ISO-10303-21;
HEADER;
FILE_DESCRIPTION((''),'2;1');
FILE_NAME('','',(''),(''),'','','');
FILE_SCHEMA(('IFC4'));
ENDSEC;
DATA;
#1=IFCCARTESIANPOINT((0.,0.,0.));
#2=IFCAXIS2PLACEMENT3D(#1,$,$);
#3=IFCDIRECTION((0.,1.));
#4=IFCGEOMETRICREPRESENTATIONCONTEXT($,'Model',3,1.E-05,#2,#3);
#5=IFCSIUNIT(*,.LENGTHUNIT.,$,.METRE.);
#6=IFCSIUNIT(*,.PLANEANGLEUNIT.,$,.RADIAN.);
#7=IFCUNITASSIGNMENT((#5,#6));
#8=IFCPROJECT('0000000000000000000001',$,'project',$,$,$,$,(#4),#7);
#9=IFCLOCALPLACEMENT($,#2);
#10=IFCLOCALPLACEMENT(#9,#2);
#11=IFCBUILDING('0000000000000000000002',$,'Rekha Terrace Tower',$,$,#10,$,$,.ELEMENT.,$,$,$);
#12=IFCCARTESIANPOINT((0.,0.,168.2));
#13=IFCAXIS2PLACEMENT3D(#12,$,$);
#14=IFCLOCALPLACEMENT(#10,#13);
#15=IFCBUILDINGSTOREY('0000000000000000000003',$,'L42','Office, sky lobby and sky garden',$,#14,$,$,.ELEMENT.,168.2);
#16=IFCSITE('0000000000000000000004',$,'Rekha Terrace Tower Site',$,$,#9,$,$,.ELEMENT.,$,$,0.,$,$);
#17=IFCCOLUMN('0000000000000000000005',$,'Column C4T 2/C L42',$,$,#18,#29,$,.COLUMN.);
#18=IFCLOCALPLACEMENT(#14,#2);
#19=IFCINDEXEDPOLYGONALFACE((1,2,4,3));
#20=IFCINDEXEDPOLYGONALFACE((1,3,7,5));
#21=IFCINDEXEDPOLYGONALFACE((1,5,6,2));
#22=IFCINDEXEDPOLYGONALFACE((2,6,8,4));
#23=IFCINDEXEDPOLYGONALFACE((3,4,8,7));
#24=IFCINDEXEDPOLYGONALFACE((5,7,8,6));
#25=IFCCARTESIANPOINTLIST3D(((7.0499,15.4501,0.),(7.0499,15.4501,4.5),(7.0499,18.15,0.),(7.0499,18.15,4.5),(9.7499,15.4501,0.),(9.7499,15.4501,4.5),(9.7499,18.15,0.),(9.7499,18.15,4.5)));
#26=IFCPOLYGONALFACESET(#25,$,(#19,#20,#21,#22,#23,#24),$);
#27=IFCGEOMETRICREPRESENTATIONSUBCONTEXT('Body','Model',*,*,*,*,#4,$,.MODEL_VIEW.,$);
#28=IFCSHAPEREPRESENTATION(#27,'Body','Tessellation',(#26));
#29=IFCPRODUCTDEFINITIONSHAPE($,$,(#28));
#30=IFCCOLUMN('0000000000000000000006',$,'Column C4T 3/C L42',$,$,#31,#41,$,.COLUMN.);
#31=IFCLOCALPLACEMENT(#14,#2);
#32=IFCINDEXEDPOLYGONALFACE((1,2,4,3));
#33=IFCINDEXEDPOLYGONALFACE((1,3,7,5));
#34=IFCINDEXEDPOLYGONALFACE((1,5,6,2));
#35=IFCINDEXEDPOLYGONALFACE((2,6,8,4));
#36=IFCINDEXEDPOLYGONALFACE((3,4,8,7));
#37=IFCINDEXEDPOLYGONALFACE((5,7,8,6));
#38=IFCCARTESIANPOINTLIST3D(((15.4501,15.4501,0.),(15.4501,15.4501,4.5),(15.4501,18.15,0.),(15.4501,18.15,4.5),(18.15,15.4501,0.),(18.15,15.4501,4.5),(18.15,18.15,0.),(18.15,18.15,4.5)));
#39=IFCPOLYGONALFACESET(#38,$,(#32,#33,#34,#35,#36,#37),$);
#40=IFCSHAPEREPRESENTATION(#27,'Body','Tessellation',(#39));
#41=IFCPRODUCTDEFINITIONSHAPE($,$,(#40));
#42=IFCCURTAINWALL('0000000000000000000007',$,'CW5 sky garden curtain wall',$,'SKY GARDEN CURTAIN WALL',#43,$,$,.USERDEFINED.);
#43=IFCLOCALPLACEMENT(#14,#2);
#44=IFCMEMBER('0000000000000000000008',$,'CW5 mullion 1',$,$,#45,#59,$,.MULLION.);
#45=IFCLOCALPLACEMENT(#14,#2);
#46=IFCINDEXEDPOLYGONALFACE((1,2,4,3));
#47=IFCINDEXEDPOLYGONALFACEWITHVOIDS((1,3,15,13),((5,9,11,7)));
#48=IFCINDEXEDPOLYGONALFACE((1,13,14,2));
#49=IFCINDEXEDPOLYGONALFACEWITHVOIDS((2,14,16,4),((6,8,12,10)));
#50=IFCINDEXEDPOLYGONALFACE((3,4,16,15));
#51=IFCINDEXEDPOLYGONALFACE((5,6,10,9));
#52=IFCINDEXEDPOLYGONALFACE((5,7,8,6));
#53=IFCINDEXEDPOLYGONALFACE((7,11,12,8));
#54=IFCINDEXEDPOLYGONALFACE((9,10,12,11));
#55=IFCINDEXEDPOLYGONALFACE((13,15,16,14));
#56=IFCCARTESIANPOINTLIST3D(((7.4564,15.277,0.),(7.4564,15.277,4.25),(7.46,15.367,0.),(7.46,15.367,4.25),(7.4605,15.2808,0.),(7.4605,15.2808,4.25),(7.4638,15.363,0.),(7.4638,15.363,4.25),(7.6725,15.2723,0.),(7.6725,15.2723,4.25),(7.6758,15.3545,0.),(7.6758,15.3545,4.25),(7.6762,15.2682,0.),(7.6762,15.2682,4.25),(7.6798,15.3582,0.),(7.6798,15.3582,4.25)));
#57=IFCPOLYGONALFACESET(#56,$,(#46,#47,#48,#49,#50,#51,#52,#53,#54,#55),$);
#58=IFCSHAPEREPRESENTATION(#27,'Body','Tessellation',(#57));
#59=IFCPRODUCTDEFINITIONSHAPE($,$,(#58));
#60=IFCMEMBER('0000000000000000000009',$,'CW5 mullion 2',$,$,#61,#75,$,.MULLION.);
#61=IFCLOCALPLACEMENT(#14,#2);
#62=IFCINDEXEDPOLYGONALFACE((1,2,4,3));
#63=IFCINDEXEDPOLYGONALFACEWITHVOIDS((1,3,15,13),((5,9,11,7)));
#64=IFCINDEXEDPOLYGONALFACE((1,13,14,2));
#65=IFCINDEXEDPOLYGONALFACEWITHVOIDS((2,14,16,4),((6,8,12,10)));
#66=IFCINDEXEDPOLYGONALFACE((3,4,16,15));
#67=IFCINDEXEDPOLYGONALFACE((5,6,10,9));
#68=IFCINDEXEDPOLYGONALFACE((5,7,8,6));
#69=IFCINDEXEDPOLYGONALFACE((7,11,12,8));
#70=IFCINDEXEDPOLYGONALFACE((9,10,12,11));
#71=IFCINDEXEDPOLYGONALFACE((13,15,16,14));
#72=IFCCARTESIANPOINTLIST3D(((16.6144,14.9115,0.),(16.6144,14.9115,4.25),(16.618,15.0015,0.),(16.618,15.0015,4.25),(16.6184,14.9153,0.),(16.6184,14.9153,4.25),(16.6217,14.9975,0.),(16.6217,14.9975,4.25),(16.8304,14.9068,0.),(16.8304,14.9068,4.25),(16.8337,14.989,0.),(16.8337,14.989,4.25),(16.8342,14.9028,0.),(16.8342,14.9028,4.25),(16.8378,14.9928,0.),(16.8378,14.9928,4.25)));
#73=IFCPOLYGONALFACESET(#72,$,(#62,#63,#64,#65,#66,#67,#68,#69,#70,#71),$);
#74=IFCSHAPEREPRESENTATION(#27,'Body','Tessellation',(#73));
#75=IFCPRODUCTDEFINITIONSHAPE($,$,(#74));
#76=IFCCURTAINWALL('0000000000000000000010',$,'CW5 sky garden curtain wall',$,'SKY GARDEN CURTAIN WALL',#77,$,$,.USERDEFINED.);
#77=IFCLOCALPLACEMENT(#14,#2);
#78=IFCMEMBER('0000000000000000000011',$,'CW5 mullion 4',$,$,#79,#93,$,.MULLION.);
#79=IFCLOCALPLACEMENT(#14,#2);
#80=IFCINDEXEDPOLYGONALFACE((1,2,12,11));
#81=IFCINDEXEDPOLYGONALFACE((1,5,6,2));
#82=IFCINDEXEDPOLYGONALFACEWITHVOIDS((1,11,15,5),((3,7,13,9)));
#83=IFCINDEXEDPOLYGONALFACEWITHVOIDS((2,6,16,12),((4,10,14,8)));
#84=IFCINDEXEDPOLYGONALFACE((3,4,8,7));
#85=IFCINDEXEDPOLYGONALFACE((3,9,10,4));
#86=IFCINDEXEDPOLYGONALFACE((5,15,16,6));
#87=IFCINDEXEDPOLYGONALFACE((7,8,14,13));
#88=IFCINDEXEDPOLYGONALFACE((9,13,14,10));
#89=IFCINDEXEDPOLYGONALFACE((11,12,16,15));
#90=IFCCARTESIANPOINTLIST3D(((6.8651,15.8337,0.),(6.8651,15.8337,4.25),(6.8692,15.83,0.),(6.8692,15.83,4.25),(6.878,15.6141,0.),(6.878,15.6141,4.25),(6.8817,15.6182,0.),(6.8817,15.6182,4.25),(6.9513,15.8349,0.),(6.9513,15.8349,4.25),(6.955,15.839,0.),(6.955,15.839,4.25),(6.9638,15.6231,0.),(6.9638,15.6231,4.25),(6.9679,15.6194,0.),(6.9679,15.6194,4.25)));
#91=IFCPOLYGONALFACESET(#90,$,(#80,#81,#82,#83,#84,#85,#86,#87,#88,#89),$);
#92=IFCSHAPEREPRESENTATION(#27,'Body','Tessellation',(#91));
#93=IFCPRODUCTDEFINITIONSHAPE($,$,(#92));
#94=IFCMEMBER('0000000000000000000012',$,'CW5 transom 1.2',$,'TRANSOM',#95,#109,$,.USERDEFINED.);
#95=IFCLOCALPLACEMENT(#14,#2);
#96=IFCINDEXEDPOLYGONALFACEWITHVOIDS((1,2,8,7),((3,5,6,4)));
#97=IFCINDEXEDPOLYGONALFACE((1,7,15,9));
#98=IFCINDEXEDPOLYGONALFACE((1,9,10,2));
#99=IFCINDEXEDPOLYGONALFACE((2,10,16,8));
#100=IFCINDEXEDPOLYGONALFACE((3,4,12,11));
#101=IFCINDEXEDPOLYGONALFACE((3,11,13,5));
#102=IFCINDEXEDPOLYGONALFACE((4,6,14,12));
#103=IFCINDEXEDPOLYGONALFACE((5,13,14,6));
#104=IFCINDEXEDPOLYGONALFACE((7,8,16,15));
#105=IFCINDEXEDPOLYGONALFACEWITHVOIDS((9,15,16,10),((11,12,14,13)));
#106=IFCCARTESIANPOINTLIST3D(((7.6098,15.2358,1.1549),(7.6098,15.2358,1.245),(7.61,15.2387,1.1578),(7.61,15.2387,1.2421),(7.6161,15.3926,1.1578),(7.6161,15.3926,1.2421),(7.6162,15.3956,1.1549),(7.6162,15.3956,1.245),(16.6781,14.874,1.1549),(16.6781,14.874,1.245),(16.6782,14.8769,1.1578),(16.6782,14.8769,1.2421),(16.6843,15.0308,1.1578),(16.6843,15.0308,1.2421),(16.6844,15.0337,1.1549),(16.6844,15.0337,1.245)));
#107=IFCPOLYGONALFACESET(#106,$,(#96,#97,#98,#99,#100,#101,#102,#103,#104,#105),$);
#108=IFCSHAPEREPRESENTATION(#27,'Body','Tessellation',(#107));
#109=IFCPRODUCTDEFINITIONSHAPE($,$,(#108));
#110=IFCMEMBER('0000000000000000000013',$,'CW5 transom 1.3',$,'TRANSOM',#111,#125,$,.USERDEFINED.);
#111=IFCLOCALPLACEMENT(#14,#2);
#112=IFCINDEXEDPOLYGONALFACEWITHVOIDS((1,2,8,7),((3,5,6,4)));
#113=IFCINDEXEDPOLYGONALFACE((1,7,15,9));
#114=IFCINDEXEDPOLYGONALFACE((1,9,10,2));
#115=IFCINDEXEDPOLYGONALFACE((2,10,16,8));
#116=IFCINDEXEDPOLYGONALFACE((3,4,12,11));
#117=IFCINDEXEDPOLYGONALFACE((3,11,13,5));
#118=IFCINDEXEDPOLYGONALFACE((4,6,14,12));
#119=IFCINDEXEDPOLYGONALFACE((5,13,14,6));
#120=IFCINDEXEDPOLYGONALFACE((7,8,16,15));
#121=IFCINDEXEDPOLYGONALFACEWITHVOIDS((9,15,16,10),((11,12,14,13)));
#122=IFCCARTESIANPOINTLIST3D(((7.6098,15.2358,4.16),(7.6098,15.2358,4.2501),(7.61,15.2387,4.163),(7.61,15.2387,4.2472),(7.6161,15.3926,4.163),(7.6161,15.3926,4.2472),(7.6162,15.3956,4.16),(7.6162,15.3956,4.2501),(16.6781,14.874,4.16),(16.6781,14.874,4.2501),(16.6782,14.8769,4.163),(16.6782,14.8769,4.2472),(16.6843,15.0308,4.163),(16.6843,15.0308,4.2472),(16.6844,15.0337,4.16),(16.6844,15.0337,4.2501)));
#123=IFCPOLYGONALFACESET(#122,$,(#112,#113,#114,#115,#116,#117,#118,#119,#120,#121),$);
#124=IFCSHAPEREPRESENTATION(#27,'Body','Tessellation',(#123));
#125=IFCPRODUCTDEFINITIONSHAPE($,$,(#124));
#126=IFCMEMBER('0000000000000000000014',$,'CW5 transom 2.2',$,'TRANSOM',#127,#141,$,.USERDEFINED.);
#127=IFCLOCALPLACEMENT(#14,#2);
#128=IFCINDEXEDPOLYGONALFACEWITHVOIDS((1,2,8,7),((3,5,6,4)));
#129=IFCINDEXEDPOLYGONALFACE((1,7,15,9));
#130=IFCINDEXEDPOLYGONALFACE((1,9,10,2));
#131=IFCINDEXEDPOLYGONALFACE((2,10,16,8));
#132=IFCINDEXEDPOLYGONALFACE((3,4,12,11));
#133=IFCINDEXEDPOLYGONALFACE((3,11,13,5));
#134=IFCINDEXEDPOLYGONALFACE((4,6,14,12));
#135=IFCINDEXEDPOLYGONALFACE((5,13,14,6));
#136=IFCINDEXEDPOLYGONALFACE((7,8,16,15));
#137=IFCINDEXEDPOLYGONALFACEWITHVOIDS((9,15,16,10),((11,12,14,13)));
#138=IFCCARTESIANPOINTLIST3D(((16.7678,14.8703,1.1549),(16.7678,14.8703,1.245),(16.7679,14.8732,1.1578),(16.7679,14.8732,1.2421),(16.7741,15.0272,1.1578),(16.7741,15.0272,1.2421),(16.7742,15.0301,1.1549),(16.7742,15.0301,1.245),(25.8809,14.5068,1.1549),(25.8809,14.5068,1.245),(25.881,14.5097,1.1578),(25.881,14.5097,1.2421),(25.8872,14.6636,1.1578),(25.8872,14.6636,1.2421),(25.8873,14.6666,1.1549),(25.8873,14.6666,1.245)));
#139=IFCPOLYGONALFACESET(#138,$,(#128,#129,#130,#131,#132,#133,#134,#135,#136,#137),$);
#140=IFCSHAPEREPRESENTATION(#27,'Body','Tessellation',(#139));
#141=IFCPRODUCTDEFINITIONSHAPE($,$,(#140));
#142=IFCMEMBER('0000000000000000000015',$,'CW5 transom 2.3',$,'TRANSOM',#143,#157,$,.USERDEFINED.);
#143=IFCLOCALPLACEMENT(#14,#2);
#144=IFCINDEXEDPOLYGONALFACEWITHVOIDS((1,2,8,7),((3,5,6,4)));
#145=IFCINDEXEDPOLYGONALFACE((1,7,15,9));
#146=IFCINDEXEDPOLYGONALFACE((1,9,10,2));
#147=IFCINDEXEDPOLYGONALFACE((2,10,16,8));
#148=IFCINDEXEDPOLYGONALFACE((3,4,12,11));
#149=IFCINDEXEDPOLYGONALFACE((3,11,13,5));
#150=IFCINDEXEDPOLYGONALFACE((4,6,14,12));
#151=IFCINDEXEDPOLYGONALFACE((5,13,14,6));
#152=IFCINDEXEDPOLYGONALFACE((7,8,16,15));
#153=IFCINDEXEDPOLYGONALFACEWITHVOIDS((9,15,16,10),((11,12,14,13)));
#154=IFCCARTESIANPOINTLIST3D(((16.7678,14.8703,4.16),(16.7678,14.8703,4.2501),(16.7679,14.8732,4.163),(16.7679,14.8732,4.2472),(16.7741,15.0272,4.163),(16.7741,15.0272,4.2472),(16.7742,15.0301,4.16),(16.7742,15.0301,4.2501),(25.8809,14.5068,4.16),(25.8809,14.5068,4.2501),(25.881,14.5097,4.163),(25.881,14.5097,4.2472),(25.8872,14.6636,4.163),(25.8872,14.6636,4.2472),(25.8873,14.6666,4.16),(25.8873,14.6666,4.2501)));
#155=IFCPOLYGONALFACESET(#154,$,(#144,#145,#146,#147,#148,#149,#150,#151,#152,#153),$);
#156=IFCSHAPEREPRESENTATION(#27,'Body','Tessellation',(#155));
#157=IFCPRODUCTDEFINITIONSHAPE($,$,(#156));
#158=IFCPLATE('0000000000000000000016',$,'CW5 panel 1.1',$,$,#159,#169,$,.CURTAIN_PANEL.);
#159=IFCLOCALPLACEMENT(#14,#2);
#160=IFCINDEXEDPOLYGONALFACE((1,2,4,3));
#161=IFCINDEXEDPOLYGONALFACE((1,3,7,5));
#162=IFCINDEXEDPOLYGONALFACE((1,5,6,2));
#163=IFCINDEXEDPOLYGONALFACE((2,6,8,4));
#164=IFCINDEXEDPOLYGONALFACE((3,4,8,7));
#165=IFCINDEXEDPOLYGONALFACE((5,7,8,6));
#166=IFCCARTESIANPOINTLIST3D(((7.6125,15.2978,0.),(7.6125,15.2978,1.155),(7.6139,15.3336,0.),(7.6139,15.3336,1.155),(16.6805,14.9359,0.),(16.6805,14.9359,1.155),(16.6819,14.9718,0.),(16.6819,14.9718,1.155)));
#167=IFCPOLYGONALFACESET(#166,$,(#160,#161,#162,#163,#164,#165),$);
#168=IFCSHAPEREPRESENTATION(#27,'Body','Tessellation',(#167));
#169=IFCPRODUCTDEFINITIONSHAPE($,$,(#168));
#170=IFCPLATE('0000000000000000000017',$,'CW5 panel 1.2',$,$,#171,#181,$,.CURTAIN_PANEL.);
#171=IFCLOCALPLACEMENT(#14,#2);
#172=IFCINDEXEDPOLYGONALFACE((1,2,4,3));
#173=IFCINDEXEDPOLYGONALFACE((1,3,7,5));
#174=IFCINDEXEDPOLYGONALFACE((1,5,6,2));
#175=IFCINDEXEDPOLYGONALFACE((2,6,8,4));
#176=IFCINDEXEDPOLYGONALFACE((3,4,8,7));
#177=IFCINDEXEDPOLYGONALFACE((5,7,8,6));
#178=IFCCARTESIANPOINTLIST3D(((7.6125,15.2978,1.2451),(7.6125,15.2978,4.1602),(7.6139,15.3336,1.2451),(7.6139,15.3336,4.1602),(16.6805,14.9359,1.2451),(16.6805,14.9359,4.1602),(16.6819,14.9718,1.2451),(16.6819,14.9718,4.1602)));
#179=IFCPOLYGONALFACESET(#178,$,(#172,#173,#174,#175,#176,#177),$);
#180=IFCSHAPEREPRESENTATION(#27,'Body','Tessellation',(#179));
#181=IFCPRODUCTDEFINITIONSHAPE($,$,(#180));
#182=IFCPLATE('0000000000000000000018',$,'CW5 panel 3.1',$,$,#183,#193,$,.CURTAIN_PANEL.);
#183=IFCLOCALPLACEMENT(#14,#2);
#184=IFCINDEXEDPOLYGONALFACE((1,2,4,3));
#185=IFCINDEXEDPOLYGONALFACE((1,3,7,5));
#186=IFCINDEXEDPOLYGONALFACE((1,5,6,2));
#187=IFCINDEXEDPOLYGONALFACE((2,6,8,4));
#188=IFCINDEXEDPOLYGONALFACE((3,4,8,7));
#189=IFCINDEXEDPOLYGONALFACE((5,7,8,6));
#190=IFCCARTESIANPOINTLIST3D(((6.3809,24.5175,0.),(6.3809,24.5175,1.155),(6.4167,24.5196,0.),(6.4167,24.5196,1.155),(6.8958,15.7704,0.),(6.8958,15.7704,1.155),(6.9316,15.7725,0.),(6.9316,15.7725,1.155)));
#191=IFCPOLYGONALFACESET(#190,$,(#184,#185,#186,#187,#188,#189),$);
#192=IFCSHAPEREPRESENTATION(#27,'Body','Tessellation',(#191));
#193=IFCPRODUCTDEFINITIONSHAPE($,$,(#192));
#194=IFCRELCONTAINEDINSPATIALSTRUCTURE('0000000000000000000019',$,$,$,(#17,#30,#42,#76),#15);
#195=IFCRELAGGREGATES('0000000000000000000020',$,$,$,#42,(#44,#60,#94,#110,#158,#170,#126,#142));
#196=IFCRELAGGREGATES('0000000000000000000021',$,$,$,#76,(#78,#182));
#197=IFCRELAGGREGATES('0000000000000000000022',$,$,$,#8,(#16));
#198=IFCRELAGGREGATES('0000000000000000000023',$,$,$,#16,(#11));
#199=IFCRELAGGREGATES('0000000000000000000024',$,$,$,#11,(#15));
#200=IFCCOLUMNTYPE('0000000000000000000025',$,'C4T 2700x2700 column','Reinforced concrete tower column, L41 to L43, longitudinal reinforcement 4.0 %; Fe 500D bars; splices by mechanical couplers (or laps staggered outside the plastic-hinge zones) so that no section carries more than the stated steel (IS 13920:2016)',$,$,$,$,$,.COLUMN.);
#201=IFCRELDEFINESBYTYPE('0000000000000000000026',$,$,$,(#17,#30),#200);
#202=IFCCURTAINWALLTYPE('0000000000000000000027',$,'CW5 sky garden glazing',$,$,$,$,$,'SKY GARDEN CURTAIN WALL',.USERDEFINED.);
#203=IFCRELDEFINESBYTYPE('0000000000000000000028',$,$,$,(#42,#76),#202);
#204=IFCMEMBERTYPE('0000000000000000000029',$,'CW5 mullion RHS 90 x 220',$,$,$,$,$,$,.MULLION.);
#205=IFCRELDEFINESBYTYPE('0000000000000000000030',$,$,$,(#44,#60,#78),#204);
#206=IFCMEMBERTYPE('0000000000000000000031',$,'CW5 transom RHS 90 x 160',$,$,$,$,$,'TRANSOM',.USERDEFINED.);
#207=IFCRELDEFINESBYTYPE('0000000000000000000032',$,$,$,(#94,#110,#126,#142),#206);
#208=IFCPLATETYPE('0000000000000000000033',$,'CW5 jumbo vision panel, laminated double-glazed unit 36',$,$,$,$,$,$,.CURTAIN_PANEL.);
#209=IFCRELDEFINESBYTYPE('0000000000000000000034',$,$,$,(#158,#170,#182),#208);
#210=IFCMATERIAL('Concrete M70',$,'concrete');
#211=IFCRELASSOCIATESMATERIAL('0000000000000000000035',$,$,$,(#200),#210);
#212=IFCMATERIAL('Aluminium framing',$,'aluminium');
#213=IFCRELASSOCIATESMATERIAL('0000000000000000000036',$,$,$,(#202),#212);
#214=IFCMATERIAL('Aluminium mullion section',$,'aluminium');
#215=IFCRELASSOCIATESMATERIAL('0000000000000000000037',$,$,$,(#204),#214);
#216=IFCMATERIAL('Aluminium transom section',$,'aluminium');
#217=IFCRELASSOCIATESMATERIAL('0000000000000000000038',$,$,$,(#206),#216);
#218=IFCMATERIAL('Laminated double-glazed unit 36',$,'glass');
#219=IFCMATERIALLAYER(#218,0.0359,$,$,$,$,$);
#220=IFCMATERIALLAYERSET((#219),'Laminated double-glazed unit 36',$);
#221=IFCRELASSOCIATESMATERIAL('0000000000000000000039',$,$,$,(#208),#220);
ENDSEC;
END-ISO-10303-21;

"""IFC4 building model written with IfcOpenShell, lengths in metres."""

from ifc_helpers import new_model, si_unit, direction, frame, origin, origin_2d, place, context, subcontext, project, spatial, rectangle, hollow_rectangle, extrude, material, layer, layer_set, material_profile, profile_set, type_object, element, aggregate, save


model = new_model("IFC4")

# Units and contexts
model_context = context("Model", 3, precision=1e-05, world=origin(), true_north=direction((0.0, 1.0)))
body_context = subcontext(model_context, "Body", "Model", "MODEL_VIEW")
ifc_project = project(units=[si_unit("LENGTHUNIT", "METRE"), si_unit("PLANEANGLEUNIT", "RADIAN")], contexts=[model_context])

# Site, building, storey
site_placement = place(None, origin())
site = spatial("IfcSite", under=ifc_project, at=site_placement, Name="Rekha Terrace Tower Site", CompositionType="ELEMENT", RefElevation=0.0)
building_placement = place(site_placement, origin())
building = spatial("IfcBuilding", under=site, at=building_placement, Name="Rekha Terrace Tower", CompositionType="ELEMENT")
storey_placement = place(building_placement, frame((0.0, 0.0, 168.2)))
storey = spatial("IfcBuildingStorey", under=building, at=storey_placement, Name="L42", Description="Office, sky lobby and sky garden", CompositionType="ELEMENT", Elevation=168.2)

# Columns
ifc_material_1 = material(Name="Concrete M70", Category="concrete")
ifc_material_profile_1 = material_profile(ifc_material_1, rectangle(XDim=2.7, YDim=2.7, at=origin_2d()), Name="RC 2700x2700")
ifc_profile_set_1 = profile_set([ifc_material_profile_1], Name="Concrete M70")
column_type = type_object("IfcColumnType", Name="C4T 2700x2700 column", Description="Reinforced concrete tower column, L41 to L43, longitudinal reinforcement 4.0 %; Fe 500D bars; splices by mechanical couplers (or laps staggered outside the plastic-hinge zones) so that no section carries more than the stated steel (IS 13920:2016)", PredefinedType="COLUMN", material=ifc_profile_set_1)
for number, where, z_axis, x_axis, name in (
    (1, (8.3999, 16.8, 0.0), (0.0, 0.0, 1.0), (1.0, 0.0, 0.0), "Column C4T 2/C L42"),
    (2, (16.8, 16.8, 0.0), (0.0, 0.0, 1.0), (1.0, 0.0, 0.0), "Column C4T 3/C L42"),
):
    element("IfcColumn", number, at=place(storey_placement, frame(where, z_axis=z_axis, x_axis=x_axis)), inside=storey, type_object=column_type, Name=name, PredefinedType="COLUMN", context=body_context, shape_type="SweptSolid", body=[
        extrude(rectangle(XDim=2.7, YDim=2.7, at=origin_2d()), origin(), (0.0, 0.0, 1.0), 4.5),
    ])

# Curtain wall, members
ifc_material_2 = material(Name="Aluminium framing", Category="aluminium")
curtain_wall_type = type_object("IfcCurtainWallType", Name="CW5 sky garden glazing", ElementType="SKY GARDEN CURTAIN WALL", PredefinedType="USERDEFINED", material=ifc_material_2)
curtain_wall_1_placement = place(storey_placement, origin())
curtain_wall_1 = element("IfcCurtainWall", 3, at=curtain_wall_1_placement, inside=storey, type_object=curtain_wall_type, Name="CW5 sky garden curtain wall", ObjectType="SKY GARDEN CURTAIN WALL", PredefinedType="USERDEFINED")
ifc_material_3 = material(Name="Aluminium mullion section", Category="aluminium")
ifc_material_profile_2 = material_profile(ifc_material_3, hollow_rectangle(XDim=0.0901, YDim=0.22, WallThickness=0.0039, at=origin_2d()), Name="AL RHS 90x220")
ifc_profile_set_2 = profile_set([ifc_material_profile_2], Name="Aluminium mullion section")
member_type_1 = type_object("IfcMemberType", Name="CW5 mullion RHS 90 x 220", PredefinedType="MULLION", material=ifc_profile_set_2)
member_1_placement = place(storey_placement, frame((7.5681, 15.3176, 0.0), z_axis=(0.0, 0.0, 1.0), x_axis=(0.039872, 0.999205, 0.0)))
member_1 = element("IfcMember", 4, at=member_1_placement, type_object=member_type_1, Name="CW5 mullion 1", PredefinedType="MULLION", context=body_context, shape_type="SweptSolid", body=[
    extrude(hollow_rectangle(XDim=0.0901, YDim=0.22, WallThickness=0.0039, at=origin_2d()), origin(), (0.0, 0.0, 1.0), 4.25),
])
member_2_placement = place(storey_placement, frame((16.7261, 14.9521, 0.0), z_axis=(0.0, 0.0, 1.0), x_axis=(0.039872, 0.999205, 0.0)))
member_2 = element("IfcMember", 5, at=member_2_placement, type_object=member_type_1, Name="CW5 mullion 2", PredefinedType="MULLION", context=body_context, shape_type="SweptSolid", body=[
    extrude(hollow_rectangle(XDim=0.0901, YDim=0.22, WallThickness=0.0039, at=origin_2d()), origin(), (0.0, 0.0, 1.0), 4.25),
])

# Curtain wall, member
curtain_wall_2_placement = place(storey_placement, origin())
curtain_wall_2 = element("IfcCurtainWall", 6, at=curtain_wall_2_placement, inside=storey, type_object=curtain_wall_type, Name="CW5 sky garden curtain wall", ObjectType="SKY GARDEN CURTAIN WALL", PredefinedType="USERDEFINED")
member_3_placement = place(storey_placement, frame((6.9165, 15.7266, 0.0), z_axis=(0.0, 0.0, 1.0), x_axis=(0.998272, 0.058765, 0.0)))
member_3 = element("IfcMember", 7, at=member_3_placement, type_object=member_type_1, Name="CW5 mullion 4", PredefinedType="MULLION", context=body_context, shape_type="SweptSolid", body=[
    extrude(hollow_rectangle(XDim=0.0901, YDim=0.22, WallThickness=0.0039, at=origin_2d()), origin(), (0.0, 0.0, 1.0), 4.25),
])

# Members
ifc_material_4 = material(Name="Aluminium transom section", Category="aluminium")
ifc_material_profile_3 = material_profile(ifc_material_4, hollow_rectangle(XDim=0.1599, YDim=0.0901, WallThickness=0.0029, at=origin_2d()), Name="AL RHS 160x90")
ifc_profile_set_3 = profile_set([ifc_material_profile_3], Name="Aluminium transom section")
member_type_2 = type_object("IfcMemberType", Name="CW5 transom RHS 90 x 160", ElementType="TRANSOM", PredefinedType="USERDEFINED", material=ifc_profile_set_3)
member_4_placement = place(storey_placement, frame((7.613, 15.3157, 1.2), z_axis=(0.999205, -0.039868, 0.0), x_axis=(0.039868, 0.999205, 0.0)))
member_4 = element("IfcMember", 8, at=member_4_placement, type_object=member_type_2, Name="CW5 transom 1.2", ObjectType="TRANSOM", PredefinedType="USERDEFINED", context=body_context, shape_type="SweptSolid", body=[
    extrude(hollow_rectangle(XDim=0.1599, YDim=0.0901, WallThickness=0.0029, at=origin_2d()), origin(), (0.0, 0.0, 1.0), 9.0754),
])
member_5_placement = place(storey_placement, frame((7.613, 15.3157, 4.2051), z_axis=(0.999205, -0.039868, 0.0), x_axis=(0.039868, 0.999205, 0.0)))
member_5 = element("IfcMember", 9, at=member_5_placement, type_object=member_type_2, Name="CW5 transom 1.3", ObjectType="TRANSOM", PredefinedType="USERDEFINED", context=body_context, shape_type="SweptSolid", body=[
    extrude(hollow_rectangle(XDim=0.1599, YDim=0.0901, WallThickness=0.0029, at=origin_2d()), origin(), (0.0, 0.0, 1.0), 9.0754),
])
member_6_placement = place(storey_placement, frame((16.771, 14.9502, 1.2), z_axis=(0.999205, -0.039859, 0.0), x_axis=(0.039859, 0.999205, 0.0)))
member_6 = element("IfcMember", 10, at=member_6_placement, type_object=member_type_2, Name="CW5 transom 2.2", ObjectType="TRANSOM", PredefinedType="USERDEFINED", context=body_context, shape_type="SweptSolid", body=[
    extrude(hollow_rectangle(XDim=0.1599, YDim=0.0901, WallThickness=0.0029, at=origin_2d()), origin(), (0.0, 0.0, 1.0), 9.1204),
])
member_7_placement = place(storey_placement, frame((16.771, 14.9502, 4.2051), z_axis=(0.999205, -0.039859, 0.0), x_axis=(0.039859, 0.999205, 0.0)))
member_7 = element("IfcMember", 11, at=member_7_placement, type_object=member_type_2, Name="CW5 transom 2.3", ObjectType="TRANSOM", PredefinedType="USERDEFINED", context=body_context, shape_type="SweptSolid", body=[
    extrude(hollow_rectangle(XDim=0.1599, YDim=0.0901, WallThickness=0.0029, at=origin_2d()), origin(), (0.0, 0.0, 1.0), 9.1204),
])

# Plates
ifc_material_5 = material(Name="Laminated double-glazed unit 36", Category="glass")
ifc_layer_1 = layer(ifc_material_5, 0.0359)
ifc_layer_set_1 = layer_set([ifc_layer_1], Name="Laminated double-glazed unit 36")
plate_type = type_object("IfcPlateType", Name="CW5 jumbo vision panel, laminated double-glazed unit 36", PredefinedType="CURTAIN_PANEL", material=ifc_layer_set_1)
plate_1_placement = place(storey_placement, frame((12.1472, 15.1348, 0.0), z_axis=(0.0, 0.0, 1.0), x_axis=(0.999205, -0.039872, 0.0)))
plate_1 = element("IfcPlate", 12, at=plate_1_placement, type_object=plate_type, Name="CW5 panel 1.1", PredefinedType="CURTAIN_PANEL", context=body_context, shape_type="SweptSolid", body=[
    extrude(rectangle(XDim=9.0752, YDim=0.0359, at=origin_2d()), origin(), (0.0, 0.0, 1.0), 1.155),
])
plate_2_placement = place(storey_placement, frame((12.1472, 15.1348, 1.2451), z_axis=(0.0, 0.0, 1.0), x_axis=(0.999205, -0.039872, 0.0)))
plate_2 = element("IfcPlate", 13, at=plate_2_placement, type_object=plate_type, Name="CW5 panel 1.2", PredefinedType="CURTAIN_PANEL", context=body_context, shape_type="SweptSolid", body=[
    extrude(rectangle(XDim=9.0752, YDim=0.0359, at=origin_2d()), origin(), (0.0, 0.0, 1.0), 2.915),
])
aggregate(curtain_wall_1, [member_1, member_2, member_4, member_5, plate_1, plate_2, member_6, member_7])
plate_3_placement = place(storey_placement, frame((6.6562, 20.145, 0.0), z_axis=(0.0, 0.0, 1.0), x_axis=(0.058765, -0.998272, 0.0)))
plate_3 = element("IfcPlate", 14, at=plate_3_placement, type_object=plate_type, Name="CW5 panel 3.1", PredefinedType="CURTAIN_PANEL", context=body_context, shape_type="SweptSolid", body=[
    extrude(rectangle(XDim=8.7622, YDim=0.0359, at=origin_2d()), origin(), (0.0, 0.0, 1.0), 1.155),
])
aggregate(curtain_wall_2, [member_3, plate_3])

save(model, "model.ifc")
